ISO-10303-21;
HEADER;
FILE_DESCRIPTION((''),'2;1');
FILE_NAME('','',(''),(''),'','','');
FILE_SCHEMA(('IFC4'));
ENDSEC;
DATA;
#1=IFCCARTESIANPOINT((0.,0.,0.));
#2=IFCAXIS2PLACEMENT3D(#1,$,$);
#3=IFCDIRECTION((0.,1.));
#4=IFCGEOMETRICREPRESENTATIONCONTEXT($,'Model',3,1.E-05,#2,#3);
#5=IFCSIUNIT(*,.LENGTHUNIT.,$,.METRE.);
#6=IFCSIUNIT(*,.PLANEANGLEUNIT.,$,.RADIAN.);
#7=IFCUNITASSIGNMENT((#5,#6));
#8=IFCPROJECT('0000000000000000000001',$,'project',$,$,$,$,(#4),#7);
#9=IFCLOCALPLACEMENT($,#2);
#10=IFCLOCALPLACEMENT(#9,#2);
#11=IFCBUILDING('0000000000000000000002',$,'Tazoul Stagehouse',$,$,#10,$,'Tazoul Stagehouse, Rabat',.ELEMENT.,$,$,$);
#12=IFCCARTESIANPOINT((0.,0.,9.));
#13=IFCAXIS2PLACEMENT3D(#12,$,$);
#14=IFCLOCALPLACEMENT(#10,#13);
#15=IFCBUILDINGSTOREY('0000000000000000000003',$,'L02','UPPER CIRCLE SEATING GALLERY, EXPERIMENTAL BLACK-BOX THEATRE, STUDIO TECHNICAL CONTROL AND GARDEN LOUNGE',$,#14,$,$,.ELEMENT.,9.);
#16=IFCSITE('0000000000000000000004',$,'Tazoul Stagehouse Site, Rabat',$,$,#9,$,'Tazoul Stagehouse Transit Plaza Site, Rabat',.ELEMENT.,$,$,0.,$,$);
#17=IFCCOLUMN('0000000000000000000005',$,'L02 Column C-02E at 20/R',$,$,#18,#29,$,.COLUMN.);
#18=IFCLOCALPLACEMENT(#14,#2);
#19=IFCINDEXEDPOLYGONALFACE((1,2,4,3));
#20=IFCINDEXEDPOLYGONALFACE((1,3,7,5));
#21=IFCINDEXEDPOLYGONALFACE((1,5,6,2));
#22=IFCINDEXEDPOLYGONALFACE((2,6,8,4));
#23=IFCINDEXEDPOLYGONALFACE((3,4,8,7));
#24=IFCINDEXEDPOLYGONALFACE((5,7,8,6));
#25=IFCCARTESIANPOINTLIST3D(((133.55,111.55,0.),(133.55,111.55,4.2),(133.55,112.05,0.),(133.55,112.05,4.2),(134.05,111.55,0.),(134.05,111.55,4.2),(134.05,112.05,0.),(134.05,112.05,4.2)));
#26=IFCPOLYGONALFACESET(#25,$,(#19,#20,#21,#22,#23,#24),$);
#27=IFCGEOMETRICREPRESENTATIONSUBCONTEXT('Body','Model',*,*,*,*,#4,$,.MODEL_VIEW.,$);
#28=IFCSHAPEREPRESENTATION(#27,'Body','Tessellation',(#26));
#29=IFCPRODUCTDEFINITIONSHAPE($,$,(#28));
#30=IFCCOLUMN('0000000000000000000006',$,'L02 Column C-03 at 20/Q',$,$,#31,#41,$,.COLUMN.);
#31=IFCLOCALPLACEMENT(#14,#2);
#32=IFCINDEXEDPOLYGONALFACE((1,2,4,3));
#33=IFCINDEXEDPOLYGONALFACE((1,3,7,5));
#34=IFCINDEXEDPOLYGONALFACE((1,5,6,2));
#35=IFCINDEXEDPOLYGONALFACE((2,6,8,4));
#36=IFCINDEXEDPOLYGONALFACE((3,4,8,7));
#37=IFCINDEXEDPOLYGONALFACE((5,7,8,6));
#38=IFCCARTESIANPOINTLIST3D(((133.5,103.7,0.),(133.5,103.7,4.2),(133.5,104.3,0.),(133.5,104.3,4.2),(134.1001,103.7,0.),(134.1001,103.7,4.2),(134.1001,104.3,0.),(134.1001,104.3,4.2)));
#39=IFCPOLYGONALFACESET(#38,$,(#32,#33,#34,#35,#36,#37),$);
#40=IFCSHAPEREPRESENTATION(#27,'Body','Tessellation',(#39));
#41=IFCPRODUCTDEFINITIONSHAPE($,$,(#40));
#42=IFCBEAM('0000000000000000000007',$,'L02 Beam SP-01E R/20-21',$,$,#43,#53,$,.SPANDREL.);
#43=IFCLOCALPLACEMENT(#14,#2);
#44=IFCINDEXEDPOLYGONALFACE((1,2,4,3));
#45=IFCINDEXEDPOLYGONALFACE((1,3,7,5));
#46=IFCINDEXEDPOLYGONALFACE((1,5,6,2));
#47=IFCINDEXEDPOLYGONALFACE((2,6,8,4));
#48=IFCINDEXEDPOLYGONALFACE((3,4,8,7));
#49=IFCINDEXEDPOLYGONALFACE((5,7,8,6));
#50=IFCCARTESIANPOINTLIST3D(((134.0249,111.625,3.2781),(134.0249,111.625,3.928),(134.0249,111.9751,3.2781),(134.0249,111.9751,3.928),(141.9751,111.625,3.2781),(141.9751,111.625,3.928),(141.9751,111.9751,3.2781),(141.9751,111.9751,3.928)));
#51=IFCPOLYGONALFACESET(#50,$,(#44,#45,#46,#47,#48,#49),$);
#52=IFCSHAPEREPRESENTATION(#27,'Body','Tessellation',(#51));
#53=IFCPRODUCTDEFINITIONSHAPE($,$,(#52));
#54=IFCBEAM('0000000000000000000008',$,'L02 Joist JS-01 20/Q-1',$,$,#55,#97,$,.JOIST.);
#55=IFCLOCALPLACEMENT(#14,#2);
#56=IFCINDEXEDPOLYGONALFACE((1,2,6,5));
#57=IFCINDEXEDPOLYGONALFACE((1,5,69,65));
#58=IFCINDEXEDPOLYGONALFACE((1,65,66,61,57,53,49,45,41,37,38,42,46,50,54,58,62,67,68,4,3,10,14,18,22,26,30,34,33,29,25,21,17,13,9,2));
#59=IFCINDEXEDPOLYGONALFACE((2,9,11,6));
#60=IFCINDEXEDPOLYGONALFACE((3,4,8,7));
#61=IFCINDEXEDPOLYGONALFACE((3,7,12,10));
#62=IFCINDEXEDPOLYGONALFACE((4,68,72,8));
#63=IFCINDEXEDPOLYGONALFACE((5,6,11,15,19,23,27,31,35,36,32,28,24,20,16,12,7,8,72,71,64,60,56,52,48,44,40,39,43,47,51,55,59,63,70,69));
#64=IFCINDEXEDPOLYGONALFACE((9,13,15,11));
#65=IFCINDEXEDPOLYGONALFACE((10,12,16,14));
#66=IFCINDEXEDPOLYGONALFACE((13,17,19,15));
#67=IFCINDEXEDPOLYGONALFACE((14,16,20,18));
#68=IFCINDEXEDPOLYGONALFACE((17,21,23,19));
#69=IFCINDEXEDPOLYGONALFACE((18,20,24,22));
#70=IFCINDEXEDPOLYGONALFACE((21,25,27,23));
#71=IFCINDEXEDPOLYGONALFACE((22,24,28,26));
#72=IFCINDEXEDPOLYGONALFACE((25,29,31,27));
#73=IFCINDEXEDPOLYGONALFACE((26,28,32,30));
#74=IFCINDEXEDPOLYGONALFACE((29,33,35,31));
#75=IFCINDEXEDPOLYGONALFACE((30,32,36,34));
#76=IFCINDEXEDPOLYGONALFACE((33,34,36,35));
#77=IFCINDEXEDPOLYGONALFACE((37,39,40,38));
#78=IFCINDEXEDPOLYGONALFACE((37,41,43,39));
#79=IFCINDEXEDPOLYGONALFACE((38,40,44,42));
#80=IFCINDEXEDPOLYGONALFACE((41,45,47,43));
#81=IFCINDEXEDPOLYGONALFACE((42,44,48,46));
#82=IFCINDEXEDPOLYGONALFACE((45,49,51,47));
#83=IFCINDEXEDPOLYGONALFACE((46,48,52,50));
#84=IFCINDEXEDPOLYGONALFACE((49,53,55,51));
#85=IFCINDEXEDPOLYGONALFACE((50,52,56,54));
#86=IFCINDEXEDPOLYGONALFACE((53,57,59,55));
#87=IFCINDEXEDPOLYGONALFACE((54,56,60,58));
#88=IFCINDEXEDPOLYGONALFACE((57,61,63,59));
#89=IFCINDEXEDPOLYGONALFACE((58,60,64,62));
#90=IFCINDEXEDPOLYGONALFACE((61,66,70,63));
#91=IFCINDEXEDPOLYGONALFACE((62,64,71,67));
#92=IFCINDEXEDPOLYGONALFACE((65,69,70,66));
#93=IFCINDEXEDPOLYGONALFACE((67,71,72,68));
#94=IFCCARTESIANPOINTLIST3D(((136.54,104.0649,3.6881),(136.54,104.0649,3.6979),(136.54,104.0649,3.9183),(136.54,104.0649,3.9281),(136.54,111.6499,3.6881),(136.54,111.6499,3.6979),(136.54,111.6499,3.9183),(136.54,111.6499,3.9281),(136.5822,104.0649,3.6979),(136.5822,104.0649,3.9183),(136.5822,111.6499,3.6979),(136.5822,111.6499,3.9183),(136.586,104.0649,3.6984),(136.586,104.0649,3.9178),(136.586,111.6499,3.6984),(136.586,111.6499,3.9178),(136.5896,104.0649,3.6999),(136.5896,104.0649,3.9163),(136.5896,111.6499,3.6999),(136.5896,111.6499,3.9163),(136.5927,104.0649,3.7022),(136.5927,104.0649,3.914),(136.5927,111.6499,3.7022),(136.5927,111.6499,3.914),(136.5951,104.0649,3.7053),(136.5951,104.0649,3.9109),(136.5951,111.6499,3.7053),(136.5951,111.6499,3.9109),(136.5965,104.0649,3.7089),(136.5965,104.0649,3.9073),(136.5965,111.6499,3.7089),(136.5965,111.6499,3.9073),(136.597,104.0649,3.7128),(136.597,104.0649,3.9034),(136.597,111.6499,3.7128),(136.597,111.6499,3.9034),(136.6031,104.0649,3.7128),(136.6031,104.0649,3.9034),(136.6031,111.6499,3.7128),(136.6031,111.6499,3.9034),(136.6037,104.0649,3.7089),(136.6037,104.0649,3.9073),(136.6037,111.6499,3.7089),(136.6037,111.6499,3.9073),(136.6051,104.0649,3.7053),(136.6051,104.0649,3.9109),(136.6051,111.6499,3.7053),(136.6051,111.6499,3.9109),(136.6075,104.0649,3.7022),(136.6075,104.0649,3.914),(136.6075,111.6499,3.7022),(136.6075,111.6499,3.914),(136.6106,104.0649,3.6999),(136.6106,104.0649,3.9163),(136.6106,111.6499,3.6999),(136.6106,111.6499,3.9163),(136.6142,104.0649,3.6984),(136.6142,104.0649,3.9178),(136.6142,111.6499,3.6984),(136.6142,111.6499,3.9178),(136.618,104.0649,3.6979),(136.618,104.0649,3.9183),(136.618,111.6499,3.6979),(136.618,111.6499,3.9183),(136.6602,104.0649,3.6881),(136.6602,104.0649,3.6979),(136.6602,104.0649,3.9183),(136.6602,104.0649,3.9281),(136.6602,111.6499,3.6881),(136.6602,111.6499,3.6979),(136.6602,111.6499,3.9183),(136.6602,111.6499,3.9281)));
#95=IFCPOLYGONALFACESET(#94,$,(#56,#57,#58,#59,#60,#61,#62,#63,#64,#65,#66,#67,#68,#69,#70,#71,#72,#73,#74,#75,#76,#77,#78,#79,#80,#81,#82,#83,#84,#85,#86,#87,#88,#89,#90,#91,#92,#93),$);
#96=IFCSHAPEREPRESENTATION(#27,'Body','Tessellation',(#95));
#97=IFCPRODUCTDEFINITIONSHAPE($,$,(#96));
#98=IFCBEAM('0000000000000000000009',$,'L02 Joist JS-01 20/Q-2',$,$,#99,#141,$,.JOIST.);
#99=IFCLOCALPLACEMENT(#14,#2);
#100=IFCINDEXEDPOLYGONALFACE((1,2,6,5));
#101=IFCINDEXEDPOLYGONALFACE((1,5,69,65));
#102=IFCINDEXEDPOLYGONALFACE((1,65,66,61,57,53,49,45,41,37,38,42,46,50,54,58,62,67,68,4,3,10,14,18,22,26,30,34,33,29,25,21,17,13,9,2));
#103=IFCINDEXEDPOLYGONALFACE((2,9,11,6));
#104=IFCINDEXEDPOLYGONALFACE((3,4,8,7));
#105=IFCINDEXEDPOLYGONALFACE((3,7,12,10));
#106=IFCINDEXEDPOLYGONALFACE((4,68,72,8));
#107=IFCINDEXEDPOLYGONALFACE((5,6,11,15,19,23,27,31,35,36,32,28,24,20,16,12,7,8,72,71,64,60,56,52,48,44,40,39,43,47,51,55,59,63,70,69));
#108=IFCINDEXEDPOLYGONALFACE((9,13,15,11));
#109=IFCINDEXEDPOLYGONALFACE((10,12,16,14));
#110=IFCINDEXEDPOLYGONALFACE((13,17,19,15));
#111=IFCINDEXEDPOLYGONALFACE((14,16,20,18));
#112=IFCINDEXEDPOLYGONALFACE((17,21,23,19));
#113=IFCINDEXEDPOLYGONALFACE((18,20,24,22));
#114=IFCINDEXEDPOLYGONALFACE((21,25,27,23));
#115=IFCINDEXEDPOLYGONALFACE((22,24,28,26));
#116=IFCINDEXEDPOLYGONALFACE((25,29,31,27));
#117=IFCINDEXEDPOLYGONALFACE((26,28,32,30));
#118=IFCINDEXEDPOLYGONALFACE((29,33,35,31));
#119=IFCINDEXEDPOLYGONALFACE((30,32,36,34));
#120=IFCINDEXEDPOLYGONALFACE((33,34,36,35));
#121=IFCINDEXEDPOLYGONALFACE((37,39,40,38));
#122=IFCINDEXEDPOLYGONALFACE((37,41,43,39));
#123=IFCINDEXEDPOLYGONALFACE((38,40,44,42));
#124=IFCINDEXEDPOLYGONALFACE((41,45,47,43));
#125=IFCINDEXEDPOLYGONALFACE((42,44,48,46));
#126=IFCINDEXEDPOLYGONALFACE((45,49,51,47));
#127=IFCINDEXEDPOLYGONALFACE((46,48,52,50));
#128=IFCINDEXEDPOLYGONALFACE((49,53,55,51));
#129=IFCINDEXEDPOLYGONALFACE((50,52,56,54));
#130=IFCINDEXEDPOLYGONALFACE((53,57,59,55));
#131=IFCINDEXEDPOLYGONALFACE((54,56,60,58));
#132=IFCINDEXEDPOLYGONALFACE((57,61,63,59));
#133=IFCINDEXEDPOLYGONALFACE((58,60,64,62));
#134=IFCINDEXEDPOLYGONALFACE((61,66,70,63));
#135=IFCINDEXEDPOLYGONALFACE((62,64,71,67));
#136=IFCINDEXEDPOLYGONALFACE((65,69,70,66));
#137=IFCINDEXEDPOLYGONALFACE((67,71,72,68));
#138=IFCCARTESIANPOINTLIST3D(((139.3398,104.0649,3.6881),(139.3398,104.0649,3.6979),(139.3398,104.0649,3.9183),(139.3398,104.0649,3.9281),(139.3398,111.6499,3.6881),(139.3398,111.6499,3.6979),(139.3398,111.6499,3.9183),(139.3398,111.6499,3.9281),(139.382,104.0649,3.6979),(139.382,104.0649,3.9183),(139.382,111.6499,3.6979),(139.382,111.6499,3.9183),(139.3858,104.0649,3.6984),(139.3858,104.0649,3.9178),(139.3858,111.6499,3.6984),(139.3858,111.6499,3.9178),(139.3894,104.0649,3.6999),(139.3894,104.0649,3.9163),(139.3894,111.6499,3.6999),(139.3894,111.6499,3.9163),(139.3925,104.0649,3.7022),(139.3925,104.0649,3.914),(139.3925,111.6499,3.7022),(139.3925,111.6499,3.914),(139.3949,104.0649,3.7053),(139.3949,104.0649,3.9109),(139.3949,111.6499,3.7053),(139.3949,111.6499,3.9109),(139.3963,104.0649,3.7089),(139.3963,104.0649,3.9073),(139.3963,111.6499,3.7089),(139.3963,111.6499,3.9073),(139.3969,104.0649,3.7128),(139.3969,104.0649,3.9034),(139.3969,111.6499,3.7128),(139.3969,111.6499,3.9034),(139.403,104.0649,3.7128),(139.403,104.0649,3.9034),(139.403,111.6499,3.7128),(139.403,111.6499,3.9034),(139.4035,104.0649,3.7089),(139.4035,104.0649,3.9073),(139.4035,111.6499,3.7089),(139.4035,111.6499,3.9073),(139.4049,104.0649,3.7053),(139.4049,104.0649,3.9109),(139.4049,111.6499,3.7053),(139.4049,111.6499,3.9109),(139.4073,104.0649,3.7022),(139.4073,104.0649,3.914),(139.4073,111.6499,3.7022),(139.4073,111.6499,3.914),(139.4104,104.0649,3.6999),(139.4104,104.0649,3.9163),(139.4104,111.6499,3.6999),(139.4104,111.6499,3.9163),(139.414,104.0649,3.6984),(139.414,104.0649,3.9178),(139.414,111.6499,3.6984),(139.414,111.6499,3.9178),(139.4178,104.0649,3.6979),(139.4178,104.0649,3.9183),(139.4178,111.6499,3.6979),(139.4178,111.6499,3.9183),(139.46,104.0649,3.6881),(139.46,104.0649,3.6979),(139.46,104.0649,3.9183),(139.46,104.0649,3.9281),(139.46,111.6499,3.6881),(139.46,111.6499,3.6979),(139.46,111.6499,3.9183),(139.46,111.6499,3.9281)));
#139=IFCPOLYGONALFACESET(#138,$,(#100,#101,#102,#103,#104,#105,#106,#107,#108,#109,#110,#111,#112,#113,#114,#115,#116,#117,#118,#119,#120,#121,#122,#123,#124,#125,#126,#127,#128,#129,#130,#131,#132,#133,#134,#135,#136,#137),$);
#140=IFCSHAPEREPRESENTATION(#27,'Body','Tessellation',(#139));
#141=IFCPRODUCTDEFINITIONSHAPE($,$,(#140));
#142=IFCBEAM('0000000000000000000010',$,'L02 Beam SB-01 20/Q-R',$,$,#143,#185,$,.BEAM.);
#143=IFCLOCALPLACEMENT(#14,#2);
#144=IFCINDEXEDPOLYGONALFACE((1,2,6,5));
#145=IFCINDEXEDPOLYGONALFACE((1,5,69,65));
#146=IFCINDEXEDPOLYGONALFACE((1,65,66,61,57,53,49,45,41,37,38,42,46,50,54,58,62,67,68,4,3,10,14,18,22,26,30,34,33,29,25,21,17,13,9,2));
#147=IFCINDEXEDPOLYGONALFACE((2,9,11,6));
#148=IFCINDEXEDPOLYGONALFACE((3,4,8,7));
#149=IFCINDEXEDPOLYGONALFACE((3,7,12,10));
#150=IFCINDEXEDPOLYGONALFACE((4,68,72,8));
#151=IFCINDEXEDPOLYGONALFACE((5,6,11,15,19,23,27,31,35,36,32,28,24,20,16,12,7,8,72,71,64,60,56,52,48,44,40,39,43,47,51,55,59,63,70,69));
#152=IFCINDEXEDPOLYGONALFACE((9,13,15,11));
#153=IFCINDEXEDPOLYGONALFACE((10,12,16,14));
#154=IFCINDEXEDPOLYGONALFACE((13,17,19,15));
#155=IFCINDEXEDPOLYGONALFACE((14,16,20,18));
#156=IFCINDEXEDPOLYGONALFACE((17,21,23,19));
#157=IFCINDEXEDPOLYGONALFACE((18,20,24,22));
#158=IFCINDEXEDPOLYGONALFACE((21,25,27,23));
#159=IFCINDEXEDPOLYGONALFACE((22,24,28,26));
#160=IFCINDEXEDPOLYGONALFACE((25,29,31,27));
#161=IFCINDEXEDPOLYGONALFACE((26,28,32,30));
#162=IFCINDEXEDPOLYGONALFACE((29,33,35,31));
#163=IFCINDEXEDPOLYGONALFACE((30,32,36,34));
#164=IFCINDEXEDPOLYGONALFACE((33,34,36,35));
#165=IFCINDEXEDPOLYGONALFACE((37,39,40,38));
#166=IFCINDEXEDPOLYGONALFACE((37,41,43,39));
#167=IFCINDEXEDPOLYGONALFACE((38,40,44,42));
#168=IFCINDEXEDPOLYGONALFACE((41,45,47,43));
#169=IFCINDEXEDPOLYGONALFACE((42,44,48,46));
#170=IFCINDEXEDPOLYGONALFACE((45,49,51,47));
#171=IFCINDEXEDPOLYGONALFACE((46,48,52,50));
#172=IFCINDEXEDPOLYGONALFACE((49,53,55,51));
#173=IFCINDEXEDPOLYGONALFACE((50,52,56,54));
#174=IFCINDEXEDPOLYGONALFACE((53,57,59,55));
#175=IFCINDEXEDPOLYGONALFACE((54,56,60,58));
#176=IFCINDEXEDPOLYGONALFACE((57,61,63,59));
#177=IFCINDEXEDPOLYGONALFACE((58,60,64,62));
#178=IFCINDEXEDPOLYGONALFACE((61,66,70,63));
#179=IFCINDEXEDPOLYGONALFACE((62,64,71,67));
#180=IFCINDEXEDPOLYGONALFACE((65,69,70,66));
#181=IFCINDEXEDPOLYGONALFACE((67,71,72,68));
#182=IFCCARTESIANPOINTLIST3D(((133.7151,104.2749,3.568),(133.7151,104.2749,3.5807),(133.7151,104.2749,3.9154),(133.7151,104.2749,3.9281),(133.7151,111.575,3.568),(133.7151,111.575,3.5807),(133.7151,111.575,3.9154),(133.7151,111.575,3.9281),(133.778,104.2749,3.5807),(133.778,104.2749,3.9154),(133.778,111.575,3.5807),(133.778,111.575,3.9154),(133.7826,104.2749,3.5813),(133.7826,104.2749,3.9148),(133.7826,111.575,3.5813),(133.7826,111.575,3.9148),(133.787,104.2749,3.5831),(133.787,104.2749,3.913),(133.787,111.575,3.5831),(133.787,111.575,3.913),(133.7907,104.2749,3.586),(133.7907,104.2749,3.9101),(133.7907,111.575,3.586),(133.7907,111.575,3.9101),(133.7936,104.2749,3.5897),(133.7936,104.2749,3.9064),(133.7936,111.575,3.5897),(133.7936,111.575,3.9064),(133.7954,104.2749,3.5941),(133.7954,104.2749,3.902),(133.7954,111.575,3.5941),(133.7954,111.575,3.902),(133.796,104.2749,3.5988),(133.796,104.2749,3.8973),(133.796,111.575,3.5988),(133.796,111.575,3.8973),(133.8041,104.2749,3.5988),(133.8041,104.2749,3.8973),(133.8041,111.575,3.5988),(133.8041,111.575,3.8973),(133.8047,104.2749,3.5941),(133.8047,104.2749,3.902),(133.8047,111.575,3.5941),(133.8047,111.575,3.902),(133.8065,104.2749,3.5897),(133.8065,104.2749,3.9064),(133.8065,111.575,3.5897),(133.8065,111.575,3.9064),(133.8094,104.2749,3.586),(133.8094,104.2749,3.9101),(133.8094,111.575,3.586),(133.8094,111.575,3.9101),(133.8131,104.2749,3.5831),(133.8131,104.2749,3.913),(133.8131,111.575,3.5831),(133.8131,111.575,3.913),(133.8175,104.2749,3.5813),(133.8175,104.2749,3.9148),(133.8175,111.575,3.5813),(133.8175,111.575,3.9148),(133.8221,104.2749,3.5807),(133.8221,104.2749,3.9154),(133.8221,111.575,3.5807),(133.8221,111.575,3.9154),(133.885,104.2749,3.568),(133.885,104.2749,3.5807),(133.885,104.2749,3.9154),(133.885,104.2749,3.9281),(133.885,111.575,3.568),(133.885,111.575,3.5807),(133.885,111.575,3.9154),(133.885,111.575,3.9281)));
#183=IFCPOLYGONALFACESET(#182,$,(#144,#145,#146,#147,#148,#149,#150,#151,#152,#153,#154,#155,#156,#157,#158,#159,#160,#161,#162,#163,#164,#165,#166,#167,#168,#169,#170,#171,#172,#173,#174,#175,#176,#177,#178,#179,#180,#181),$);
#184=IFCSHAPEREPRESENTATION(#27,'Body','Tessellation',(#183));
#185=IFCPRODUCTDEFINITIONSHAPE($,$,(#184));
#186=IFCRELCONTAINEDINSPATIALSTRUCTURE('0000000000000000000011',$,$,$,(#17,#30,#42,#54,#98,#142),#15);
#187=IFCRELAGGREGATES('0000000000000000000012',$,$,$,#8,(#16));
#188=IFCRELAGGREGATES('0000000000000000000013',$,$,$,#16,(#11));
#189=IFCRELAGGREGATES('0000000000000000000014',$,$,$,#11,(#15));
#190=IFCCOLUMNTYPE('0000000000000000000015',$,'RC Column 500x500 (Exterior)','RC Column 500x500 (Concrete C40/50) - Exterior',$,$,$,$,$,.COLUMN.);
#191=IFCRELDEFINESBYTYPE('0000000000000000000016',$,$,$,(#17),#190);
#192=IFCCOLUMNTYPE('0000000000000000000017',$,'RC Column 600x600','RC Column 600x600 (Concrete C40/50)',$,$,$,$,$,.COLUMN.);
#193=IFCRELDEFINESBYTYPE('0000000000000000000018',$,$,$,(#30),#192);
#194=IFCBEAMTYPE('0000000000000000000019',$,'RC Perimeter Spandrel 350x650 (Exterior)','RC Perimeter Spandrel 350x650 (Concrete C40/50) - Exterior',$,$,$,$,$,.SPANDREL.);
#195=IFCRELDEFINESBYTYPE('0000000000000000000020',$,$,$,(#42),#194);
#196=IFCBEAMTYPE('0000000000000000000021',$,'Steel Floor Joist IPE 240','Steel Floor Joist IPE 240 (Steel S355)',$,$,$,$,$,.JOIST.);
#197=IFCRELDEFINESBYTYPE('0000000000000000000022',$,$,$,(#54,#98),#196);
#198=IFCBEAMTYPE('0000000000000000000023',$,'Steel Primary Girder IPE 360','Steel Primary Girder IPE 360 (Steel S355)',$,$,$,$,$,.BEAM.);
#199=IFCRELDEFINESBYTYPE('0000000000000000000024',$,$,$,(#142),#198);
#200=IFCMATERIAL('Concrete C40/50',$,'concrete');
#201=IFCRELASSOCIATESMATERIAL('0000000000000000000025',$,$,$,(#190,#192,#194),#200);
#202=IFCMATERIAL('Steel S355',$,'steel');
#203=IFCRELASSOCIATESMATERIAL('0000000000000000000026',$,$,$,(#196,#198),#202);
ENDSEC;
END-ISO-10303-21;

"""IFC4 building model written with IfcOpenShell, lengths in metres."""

from ifc_helpers import new_model, si_unit, direction, frame, origin, origin_2d, place, context, subcontext, project, spatial, rectangle, i_section, extrude, material, material_profile, profile_set, type_object, element, save


model = new_model("IFC4")

# Units and contexts
model_context = context("Model", 3, precision=1e-05, world=origin(), true_north=direction((0.0, 1.0)))
body_context = subcontext(model_context, "Body", "Model", "MODEL_VIEW")
ifc_project = project(units=[si_unit("LENGTHUNIT", "METRE"), si_unit("PLANEANGLEUNIT", "RADIAN")], contexts=[model_context])

# Site, building, storey
site_placement = place(None, origin())
site = spatial("IfcSite", under=ifc_project, at=site_placement, Name="Tazoul Stagehouse Site, Rabat", LongName="Tazoul Stagehouse Transit Plaza Site, Rabat", CompositionType="ELEMENT", RefElevation=0.0)
building_placement = place(site_placement, origin())
building = spatial("IfcBuilding", under=site, at=building_placement, Name="Tazoul Stagehouse", LongName="Tazoul Stagehouse, Rabat", CompositionType="ELEMENT")
storey_placement = place(building_placement, frame((0.0, 0.0, 9.0)))
storey = spatial("IfcBuildingStorey", under=building, at=storey_placement, Name="L02", Description="UPPER CIRCLE SEATING GALLERY, EXPERIMENTAL BLACK-BOX THEATRE, STUDIO TECHNICAL CONTROL AND GARDEN LOUNGE", CompositionType="ELEMENT", Elevation=9.0)

# Columns
ifc_material_1 = material(Name="Concrete C40/50", Category="concrete")
ifc_material_profile_1 = material_profile(ifc_material_1, rectangle(XDim=0.5, YDim=0.5, at=origin_2d()), Name="RC 500x500")
ifc_profile_set_1 = profile_set([ifc_material_profile_1], Name="Concrete C40/50")
column_type_1 = type_object("IfcColumnType", Name="RC Column 500x500 (Exterior)", Description="RC Column 500x500 (Concrete C40/50) - Exterior", PredefinedType="COLUMN", material=ifc_profile_set_1)
column_1_placement = place(storey_placement, frame((133.8, 111.8, 0.0), z_axis=(0.0, 0.0, 1.0), x_axis=(1.0, 0.0, 0.0)))
element("IfcColumn", 1, at=column_1_placement, inside=storey, type_object=column_type_1, Name="L02 Column C-02E at 20/R", PredefinedType="COLUMN", context=body_context, shape_type="SweptSolid", body=[
    extrude(rectangle(XDim=0.5, YDim=0.5, at=origin_2d()), origin(), (0.0, 0.0, 1.0), 4.2),
])
ifc_material_profile_2 = material_profile(ifc_material_1, rectangle(XDim=0.6001, YDim=0.6001, at=origin_2d()), Name="RC 600x600")
ifc_profile_set_2 = profile_set([ifc_material_profile_2], Name="Concrete C40/50")
column_type_2 = type_object("IfcColumnType", Name="RC Column 600x600", Description="RC Column 600x600 (Concrete C40/50)", PredefinedType="COLUMN", material=ifc_profile_set_2)
column_2_placement = place(storey_placement, frame((133.8, 104.0, 0.0), z_axis=(0.0, 0.0, 1.0), x_axis=(1.0, 0.0, 0.0)))
element("IfcColumn", 2, at=column_2_placement, inside=storey, type_object=column_type_2, Name="L02 Column C-03 at 20/Q", PredefinedType="COLUMN", context=body_context, shape_type="SweptSolid", body=[
    extrude(rectangle(XDim=0.6001, YDim=0.6001, at=origin_2d()), origin(), (0.0, 0.0, 1.0), 4.2),
])

# Beams
ifc_material_profile_3 = material_profile(ifc_material_1, rectangle(XDim=0.3501, YDim=0.6499, at=origin_2d()), Name="RC 350x650")
ifc_profile_set_3 = profile_set([ifc_material_profile_3], Name="Concrete C40/50")
beam_type_1 = type_object("IfcBeamType", Name="RC Perimeter Spandrel 350x650 (Exterior)", Description="RC Perimeter Spandrel 350x650 (Concrete C40/50) - Exterior", PredefinedType="SPANDREL", material=ifc_profile_set_3)
beam_1_placement = place(storey_placement, frame((134.0249, 111.8, 3.603), z_axis=(1.0, 0.0, 0.0), x_axis=(0.0, 1.0, 0.0)))
element("IfcBeam", 3, at=beam_1_placement, inside=storey, type_object=beam_type_1, Name="L02 Beam SP-01E R/20-21", PredefinedType="SPANDREL", context=body_context, shape_type="SweptSolid", body=[
    extrude(rectangle(XDim=0.3501, YDim=0.6499, at=origin_2d()), origin(), (0.0, 0.0, 1.0), 7.9502),
])
ifc_material_2 = material(Name="Steel S355", Category="steel")
ifc_material_profile_4 = material_profile(ifc_material_2, i_section(OverallWidth=0.1201, OverallDepth=0.24, WebThickness=0.0061, FlangeThickness=0.0098, FilletRadius=0.0149, at=origin_2d()), Name="IPE 240")
ifc_profile_set_4 = profile_set([ifc_material_profile_4], Name="Steel S355")
beam_type_2 = type_object("IfcBeamType", Name="Steel Floor Joist IPE 240", Description="Steel Floor Joist IPE 240 (Steel S355)", PredefinedType="JOIST", material=ifc_profile_set_4)
for number, where, z_axis, x_axis, name in (
    (4, (136.6001, 104.0649, 3.8081), (0.0, 1.0, 0.0), (-1.0, 0.0, 0.0), "L02 Joist JS-01 20/Q-1"),
    (5, (139.3999, 104.0649, 3.8081), (0.0, 1.0, 0.0), (-1.0, 0.0, 0.0), "L02 Joist JS-01 20/Q-2"),
):
    element("IfcBeam", number, at=place(storey_placement, frame(where, z_axis=z_axis, x_axis=x_axis)), inside=storey, type_object=beam_type_2, Name=name, PredefinedType="JOIST", context=body_context, shape_type="SweptSolid", body=[
        extrude(i_section(OverallWidth=0.1201, OverallDepth=0.24, WebThickness=0.0061, FlangeThickness=0.0098, FilletRadius=0.0149, at=origin_2d()), origin(), (0.0, 0.0, 1.0), 7.585),
    ])
ifc_material_profile_5 = material_profile(ifc_material_2, i_section(OverallWidth=0.1699, OverallDepth=0.3601, WebThickness=0.0081, FlangeThickness=0.0127, FilletRadius=0.0181, at=origin_2d()), Name="IPE 360")
ifc_profile_set_5 = profile_set([ifc_material_profile_5], Name="Steel S355")
beam_type_3 = type_object("IfcBeamType", Name="Steel Primary Girder IPE 360", Description="Steel Primary Girder IPE 360 (Steel S355)", PredefinedType="BEAM", material=ifc_profile_set_5)
beam_2_placement = place(storey_placement, frame((133.8, 104.2749, 3.748), z_axis=(0.0, 1.0, 0.0), x_axis=(-1.0, 0.0, 0.0)))
element("IfcBeam", 6, at=beam_2_placement, inside=storey, type_object=beam_type_3, Name="L02 Beam SB-01 20/Q-R", PredefinedType="BEAM", context=body_context, shape_type="SweptSolid", body=[
    extrude(i_section(OverallWidth=0.1699, OverallDepth=0.3601, WebThickness=0.0081, FlangeThickness=0.0127, FilletRadius=0.0181, at=origin_2d()), origin(), (0.0, 0.0, 1.0), 7.3),
])

save(model, "model.ifc")
